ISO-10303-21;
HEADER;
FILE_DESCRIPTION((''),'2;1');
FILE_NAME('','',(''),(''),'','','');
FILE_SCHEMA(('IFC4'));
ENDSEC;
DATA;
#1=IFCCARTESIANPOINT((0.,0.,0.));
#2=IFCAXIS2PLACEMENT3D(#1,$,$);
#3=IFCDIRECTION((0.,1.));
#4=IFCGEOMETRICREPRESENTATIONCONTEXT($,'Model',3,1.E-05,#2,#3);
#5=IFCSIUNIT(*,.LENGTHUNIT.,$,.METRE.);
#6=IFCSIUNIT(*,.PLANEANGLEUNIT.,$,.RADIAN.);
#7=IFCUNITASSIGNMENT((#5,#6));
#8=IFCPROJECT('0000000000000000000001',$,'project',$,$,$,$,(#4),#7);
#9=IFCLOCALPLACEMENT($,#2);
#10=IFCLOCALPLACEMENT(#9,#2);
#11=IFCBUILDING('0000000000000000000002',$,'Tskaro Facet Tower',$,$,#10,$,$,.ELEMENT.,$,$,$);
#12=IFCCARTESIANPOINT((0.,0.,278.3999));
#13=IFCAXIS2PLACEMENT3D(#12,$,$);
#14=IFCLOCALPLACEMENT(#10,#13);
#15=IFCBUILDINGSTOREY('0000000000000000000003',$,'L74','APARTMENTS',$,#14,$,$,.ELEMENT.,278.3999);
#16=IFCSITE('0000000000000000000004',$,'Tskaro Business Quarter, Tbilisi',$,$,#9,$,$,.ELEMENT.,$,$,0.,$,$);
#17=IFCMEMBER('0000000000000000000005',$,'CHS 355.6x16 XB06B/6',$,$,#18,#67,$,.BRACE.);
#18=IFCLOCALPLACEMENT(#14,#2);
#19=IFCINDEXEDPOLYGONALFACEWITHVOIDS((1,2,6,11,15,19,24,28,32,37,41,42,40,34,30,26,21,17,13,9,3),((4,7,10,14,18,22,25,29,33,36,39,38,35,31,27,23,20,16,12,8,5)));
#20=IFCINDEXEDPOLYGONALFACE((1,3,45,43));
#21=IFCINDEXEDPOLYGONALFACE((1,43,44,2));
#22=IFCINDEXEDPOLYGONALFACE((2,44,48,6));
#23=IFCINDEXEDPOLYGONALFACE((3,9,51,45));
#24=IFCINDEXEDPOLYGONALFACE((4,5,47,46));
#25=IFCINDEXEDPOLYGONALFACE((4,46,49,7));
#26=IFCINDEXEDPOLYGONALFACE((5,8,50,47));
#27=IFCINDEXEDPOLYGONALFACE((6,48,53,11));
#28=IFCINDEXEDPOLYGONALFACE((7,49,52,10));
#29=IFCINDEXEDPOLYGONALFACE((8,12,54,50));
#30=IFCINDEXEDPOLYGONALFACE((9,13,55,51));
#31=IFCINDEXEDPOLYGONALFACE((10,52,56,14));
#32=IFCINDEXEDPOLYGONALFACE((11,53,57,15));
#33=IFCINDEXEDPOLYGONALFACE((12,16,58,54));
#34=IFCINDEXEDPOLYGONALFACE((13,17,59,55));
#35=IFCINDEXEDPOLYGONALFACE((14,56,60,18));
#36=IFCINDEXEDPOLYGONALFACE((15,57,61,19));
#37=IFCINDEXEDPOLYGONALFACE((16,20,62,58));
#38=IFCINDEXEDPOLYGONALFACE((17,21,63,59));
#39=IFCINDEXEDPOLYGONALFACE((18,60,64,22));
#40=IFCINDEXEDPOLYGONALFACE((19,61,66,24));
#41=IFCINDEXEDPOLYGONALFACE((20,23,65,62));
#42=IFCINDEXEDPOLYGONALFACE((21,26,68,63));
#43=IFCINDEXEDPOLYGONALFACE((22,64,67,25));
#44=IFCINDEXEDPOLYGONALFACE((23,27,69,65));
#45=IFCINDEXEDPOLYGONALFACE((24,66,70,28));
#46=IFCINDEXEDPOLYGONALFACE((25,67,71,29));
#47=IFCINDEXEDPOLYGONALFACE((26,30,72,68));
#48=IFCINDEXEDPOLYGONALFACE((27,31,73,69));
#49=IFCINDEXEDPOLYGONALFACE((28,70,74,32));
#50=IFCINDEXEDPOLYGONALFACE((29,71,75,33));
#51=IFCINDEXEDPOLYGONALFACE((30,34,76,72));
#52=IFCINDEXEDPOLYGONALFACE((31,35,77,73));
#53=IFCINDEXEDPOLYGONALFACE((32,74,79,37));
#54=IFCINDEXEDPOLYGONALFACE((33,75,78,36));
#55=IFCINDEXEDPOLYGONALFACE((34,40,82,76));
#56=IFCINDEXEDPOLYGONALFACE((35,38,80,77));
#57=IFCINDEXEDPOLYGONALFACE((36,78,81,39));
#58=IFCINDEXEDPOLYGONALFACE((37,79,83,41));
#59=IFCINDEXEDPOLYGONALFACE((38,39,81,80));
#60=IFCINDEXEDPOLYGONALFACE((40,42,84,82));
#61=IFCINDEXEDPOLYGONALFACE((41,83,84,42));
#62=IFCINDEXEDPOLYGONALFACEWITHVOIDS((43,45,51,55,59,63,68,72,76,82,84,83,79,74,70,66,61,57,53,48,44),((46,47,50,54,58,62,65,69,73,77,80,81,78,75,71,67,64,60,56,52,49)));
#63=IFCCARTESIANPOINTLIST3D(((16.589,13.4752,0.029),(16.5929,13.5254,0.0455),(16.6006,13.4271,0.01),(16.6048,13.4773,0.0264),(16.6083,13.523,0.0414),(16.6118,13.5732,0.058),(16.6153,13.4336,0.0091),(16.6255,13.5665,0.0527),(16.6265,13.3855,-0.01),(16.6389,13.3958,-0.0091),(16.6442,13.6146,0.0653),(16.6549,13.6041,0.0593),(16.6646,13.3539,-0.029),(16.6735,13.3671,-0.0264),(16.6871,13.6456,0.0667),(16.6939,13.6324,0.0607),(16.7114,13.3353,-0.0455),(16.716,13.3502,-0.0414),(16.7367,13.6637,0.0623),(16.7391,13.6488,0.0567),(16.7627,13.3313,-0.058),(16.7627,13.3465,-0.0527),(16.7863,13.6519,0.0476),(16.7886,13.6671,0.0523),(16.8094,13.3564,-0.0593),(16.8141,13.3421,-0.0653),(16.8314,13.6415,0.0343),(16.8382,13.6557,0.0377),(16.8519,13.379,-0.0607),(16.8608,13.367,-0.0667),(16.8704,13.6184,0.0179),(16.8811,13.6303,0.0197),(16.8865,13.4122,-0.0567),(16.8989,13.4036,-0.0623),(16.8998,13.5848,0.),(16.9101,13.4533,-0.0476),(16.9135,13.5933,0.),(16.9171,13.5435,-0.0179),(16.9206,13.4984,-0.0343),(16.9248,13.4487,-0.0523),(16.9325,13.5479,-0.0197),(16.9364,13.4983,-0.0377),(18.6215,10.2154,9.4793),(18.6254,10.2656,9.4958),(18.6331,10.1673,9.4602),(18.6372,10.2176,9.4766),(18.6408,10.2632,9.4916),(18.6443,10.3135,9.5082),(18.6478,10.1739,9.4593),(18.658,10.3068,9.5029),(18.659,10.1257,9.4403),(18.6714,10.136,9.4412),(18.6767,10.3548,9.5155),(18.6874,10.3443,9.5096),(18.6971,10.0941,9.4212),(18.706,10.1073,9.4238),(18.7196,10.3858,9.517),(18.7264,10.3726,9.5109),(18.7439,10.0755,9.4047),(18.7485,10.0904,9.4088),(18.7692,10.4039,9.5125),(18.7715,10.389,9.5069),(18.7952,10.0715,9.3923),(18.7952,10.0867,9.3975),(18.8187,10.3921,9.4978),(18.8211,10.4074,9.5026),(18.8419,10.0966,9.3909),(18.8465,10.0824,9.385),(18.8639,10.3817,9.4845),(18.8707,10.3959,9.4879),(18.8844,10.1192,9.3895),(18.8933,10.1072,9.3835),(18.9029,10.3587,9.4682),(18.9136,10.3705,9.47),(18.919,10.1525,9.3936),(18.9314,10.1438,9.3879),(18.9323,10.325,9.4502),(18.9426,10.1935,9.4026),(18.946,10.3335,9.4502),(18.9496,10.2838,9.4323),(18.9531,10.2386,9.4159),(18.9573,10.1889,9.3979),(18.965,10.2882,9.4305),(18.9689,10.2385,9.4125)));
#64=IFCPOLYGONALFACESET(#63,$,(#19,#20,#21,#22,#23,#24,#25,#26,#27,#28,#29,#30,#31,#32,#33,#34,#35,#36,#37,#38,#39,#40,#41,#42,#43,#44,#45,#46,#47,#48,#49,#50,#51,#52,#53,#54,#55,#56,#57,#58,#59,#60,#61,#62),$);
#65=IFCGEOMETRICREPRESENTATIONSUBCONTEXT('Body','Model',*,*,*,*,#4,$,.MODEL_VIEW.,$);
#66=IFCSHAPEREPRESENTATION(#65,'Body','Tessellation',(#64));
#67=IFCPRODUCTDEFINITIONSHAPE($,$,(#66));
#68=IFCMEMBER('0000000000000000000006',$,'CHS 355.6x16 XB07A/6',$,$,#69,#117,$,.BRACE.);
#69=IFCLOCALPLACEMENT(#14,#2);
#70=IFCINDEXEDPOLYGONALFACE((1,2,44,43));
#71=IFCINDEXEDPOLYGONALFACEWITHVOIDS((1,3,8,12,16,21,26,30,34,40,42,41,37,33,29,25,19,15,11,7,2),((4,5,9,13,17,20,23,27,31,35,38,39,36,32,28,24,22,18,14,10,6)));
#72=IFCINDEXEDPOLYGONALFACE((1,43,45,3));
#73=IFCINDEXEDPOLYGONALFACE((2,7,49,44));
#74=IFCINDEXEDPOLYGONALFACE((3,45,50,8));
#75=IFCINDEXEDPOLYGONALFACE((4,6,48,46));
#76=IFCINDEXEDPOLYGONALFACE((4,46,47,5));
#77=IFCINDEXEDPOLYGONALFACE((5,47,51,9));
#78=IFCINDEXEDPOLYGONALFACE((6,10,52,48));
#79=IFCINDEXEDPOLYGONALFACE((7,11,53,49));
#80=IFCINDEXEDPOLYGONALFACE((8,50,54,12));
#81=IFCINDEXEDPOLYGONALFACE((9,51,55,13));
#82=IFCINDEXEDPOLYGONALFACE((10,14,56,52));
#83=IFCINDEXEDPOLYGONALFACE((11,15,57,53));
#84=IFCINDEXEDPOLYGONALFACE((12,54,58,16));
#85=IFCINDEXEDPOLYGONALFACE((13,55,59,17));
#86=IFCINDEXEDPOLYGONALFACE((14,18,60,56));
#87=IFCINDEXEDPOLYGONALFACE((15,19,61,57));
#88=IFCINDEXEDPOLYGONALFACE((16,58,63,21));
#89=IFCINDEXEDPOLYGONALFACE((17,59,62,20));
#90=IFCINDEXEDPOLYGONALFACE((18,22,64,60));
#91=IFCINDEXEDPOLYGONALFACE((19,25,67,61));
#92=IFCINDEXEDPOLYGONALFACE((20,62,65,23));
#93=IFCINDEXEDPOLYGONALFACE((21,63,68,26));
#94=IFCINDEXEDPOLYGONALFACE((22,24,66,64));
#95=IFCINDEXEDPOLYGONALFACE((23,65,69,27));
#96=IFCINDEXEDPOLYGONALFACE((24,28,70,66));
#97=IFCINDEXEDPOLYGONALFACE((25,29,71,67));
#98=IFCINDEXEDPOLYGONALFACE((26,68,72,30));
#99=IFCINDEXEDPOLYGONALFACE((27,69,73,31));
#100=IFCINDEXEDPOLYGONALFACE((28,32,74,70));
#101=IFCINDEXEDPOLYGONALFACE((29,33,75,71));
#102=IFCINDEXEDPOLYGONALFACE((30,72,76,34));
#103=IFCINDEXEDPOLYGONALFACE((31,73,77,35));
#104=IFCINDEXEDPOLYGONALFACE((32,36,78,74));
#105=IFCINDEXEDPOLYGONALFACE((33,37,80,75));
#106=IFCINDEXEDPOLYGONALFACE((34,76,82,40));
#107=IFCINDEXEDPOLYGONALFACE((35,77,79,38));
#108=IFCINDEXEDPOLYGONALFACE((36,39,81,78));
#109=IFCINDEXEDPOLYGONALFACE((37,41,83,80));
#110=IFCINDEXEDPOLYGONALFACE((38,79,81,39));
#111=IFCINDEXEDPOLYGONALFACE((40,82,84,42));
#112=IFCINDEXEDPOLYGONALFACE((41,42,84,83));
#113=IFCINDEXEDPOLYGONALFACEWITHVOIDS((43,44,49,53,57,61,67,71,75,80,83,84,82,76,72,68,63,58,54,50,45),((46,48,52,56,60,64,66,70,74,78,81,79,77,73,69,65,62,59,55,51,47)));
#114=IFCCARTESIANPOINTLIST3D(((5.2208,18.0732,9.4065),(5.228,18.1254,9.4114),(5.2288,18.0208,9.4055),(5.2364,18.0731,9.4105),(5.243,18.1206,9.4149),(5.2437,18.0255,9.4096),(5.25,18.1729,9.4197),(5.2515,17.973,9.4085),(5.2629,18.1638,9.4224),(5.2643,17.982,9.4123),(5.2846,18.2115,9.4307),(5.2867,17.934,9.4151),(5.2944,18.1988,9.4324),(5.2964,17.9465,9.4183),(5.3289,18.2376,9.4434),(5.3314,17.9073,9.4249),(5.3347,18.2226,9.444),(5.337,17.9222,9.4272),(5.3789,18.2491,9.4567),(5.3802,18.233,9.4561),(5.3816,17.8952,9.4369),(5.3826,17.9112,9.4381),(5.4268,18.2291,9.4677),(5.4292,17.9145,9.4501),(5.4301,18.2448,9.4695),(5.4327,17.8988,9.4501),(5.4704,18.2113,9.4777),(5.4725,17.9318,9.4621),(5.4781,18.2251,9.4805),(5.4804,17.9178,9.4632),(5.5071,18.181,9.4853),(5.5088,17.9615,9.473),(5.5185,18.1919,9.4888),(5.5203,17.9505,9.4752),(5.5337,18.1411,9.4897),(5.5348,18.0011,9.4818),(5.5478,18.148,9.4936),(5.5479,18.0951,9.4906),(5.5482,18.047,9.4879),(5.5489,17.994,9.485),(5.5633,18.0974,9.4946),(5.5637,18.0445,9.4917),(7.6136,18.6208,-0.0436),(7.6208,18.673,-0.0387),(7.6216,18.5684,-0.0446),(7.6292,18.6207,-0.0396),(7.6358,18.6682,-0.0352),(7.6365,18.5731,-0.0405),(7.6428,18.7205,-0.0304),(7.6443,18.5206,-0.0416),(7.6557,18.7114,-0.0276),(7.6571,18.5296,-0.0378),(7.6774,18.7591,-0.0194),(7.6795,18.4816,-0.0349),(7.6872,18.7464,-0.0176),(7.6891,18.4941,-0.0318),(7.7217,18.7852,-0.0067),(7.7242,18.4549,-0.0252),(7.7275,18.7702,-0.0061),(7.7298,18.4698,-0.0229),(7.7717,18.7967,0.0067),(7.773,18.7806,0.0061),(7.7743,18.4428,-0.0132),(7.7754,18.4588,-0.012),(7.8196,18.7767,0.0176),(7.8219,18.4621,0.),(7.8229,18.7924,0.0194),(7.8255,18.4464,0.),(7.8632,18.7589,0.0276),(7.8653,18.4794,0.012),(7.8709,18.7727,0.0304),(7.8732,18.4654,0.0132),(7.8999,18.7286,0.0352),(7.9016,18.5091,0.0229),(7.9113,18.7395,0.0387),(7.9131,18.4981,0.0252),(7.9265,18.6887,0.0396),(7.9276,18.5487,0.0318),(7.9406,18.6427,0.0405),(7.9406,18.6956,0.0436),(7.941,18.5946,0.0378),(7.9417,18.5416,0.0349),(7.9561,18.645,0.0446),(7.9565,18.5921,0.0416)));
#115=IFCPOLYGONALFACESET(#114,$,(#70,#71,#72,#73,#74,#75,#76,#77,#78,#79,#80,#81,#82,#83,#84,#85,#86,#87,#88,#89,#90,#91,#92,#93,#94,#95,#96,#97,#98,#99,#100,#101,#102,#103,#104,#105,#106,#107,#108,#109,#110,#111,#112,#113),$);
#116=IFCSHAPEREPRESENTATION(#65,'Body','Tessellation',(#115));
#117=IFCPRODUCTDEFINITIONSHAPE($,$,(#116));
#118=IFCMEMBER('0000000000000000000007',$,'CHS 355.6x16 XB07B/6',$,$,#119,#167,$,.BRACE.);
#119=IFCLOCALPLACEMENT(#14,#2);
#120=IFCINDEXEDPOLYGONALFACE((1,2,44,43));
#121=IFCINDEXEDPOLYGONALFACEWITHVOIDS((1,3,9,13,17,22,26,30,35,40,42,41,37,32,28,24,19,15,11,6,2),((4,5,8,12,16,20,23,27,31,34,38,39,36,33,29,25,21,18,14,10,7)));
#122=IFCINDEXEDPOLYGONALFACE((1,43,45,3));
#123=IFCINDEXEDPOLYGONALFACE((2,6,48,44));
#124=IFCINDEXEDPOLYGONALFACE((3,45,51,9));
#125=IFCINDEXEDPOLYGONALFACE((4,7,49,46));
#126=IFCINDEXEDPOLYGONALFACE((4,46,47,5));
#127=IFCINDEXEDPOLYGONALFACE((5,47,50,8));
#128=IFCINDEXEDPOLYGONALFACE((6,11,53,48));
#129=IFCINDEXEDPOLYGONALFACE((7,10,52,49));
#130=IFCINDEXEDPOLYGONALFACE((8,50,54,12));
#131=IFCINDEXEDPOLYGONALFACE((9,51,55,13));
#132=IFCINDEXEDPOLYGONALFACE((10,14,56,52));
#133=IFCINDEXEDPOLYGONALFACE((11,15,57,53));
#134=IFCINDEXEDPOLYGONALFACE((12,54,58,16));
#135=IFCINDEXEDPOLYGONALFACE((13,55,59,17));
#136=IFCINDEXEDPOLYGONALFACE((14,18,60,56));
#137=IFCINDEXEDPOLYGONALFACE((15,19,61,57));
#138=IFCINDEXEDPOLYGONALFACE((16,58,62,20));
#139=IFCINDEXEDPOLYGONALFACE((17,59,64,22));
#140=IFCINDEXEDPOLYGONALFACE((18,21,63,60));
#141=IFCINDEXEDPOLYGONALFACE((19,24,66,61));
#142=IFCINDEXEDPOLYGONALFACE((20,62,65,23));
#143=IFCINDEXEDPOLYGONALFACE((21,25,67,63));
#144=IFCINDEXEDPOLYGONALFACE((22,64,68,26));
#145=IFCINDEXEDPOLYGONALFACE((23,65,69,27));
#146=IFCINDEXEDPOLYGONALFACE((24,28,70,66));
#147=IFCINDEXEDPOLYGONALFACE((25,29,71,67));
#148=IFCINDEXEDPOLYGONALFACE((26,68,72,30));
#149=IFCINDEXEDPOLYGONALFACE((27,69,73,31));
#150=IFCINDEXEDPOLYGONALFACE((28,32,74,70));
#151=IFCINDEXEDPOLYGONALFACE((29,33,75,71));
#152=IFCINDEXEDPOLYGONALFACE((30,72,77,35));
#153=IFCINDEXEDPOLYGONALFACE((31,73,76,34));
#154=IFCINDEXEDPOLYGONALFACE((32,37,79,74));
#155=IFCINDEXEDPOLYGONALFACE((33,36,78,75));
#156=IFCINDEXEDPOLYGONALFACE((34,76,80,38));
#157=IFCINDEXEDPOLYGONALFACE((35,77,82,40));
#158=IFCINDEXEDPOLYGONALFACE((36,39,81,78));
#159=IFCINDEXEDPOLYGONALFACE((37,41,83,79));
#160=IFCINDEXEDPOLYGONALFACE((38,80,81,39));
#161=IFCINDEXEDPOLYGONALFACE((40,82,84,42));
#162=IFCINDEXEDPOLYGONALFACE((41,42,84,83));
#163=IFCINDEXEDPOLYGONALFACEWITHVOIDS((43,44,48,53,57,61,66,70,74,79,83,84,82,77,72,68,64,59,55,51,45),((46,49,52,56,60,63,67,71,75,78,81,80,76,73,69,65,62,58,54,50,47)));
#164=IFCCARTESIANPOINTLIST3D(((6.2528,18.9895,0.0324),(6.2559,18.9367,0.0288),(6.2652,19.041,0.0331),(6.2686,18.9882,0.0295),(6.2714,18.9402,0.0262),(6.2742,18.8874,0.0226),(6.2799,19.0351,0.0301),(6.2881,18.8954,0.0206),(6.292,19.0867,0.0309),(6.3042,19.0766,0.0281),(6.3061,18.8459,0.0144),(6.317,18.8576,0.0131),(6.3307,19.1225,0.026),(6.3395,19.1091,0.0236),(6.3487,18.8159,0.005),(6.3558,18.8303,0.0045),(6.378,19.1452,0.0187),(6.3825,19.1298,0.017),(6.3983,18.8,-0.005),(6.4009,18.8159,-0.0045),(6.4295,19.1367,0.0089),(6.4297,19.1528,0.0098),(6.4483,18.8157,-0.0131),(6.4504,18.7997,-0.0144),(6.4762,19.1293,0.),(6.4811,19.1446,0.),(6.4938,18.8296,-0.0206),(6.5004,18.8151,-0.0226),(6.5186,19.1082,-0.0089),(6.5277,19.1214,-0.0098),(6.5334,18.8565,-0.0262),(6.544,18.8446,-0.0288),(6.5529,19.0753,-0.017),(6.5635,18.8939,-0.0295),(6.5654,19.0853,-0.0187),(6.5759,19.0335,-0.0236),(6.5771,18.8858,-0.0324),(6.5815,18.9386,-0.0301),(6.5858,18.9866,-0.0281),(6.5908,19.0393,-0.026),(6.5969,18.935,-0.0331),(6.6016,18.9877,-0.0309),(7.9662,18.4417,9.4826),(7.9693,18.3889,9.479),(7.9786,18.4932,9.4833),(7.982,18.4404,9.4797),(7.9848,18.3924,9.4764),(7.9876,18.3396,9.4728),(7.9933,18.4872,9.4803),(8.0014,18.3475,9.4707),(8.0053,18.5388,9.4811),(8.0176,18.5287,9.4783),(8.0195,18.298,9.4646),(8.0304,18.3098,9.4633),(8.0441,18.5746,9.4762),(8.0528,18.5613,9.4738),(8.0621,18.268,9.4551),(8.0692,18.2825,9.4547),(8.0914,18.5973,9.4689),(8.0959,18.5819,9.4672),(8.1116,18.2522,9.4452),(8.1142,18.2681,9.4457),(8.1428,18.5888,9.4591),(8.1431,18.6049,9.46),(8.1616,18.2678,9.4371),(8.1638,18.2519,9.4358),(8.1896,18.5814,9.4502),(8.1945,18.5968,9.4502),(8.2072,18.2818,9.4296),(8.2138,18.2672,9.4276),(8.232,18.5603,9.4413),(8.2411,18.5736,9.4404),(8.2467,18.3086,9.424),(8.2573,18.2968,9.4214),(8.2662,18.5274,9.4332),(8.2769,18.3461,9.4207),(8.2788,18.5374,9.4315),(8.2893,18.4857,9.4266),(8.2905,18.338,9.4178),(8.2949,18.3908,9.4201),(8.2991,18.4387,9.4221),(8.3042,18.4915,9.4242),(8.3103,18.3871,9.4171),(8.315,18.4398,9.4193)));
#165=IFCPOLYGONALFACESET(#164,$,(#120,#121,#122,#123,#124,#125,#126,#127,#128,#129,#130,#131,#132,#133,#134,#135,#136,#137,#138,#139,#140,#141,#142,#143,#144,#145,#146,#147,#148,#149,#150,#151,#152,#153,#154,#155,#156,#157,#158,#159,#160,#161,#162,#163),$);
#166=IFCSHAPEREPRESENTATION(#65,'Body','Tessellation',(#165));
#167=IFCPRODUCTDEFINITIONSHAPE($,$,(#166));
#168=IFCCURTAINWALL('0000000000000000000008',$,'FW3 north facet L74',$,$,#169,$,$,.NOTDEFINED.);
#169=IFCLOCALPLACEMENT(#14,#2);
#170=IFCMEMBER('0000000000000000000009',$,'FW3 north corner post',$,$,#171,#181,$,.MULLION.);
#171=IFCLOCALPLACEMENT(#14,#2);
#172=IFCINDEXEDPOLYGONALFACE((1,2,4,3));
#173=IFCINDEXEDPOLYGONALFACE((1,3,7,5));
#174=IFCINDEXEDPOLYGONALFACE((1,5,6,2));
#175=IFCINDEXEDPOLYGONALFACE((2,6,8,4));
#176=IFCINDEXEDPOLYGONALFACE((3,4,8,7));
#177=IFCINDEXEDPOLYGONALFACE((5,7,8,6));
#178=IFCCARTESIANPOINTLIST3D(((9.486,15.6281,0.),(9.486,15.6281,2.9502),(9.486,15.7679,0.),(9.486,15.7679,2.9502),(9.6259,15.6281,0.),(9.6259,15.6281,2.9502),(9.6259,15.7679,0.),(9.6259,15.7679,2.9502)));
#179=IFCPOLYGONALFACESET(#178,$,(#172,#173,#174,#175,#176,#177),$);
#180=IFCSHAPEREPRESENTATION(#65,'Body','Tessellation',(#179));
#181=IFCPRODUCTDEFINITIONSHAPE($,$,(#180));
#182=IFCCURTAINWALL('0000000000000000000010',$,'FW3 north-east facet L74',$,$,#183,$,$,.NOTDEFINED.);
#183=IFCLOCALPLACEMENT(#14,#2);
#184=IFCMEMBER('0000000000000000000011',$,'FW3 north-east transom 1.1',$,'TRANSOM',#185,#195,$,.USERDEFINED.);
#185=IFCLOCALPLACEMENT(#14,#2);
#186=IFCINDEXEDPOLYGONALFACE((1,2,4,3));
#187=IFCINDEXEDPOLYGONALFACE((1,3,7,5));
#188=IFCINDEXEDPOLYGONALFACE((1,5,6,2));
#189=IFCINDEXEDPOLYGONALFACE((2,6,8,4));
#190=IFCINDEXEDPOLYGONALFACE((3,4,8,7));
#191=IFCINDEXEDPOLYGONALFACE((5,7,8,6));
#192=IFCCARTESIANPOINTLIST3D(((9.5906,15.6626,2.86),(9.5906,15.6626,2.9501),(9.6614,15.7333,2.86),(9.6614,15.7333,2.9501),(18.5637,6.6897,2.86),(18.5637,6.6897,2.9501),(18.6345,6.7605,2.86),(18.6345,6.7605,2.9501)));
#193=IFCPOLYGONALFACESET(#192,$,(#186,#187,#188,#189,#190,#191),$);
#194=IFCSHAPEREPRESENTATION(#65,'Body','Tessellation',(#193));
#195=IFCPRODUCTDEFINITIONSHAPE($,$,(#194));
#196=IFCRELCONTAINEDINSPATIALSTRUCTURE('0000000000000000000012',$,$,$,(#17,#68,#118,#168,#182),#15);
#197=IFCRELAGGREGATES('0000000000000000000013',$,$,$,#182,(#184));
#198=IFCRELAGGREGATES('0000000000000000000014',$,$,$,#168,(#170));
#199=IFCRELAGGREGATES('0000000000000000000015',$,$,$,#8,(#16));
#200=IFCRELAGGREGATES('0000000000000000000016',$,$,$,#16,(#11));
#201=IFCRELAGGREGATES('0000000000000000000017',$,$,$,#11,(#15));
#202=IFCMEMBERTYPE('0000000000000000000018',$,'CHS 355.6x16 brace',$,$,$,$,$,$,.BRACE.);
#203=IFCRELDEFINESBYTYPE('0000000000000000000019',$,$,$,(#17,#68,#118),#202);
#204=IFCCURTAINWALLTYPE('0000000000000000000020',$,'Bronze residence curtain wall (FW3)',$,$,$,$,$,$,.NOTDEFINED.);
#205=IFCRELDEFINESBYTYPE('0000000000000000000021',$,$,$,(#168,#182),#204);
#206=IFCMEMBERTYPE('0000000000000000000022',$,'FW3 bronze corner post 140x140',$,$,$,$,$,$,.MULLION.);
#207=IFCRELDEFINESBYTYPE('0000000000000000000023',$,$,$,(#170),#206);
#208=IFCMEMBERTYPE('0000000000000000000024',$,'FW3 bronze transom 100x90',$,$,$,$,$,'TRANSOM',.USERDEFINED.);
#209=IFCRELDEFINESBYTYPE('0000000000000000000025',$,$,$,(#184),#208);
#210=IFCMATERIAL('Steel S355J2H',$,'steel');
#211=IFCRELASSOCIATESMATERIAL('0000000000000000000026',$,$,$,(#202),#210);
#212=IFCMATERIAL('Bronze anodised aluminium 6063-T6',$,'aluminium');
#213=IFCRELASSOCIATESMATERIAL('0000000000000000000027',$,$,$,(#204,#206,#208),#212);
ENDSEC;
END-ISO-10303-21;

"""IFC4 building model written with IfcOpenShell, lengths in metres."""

from ifc_helpers import new_model, si_unit, direction, frame, origin, origin_2d, place, context, subcontext, project, spatial, rectangle, hollow_circle, extrude, material, material_profile, profile_set, type_object, element, aggregate, save


model = new_model("IFC4")

# Units and contexts
model_context = context("Model", 3, precision=1e-05, world=origin(), true_north=direction((0.0, 1.0)))
body_context = subcontext(model_context, "Body", "Model", "MODEL_VIEW")
ifc_project = project(units=[si_unit("LENGTHUNIT", "METRE"), si_unit("PLANEANGLEUNIT", "RADIAN")], contexts=[model_context])

# Site, building, storey
site_placement = place(None, origin())
site = spatial("IfcSite", under=ifc_project, at=site_placement, Name="Tskaro Business Quarter, Tbilisi", CompositionType="ELEMENT", RefElevation=0.0)
building_placement = place(site_placement, origin())
building = spatial("IfcBuilding", under=site, at=building_placement, Name="Tskaro Facet Tower", CompositionType="ELEMENT")
storey_placement = place(building_placement, frame((0.0, 0.0, 278.3999)))
storey = spatial("IfcBuildingStorey", under=building, at=storey_placement, Name="L74", Description="APARTMENTS", CompositionType="ELEMENT", Elevation=278.3999)

# Shared definitions
ifc_material_1 = material(Name="Steel S355J2H", Category="steel")

# Members
ifc_material_profile_1 = material_profile(ifc_material_1, hollow_circle(Radius=0.1777, WallThickness=0.0161, at=origin_2d()), Name="CHS 355.6x16")
ifc_profile_set_1 = profile_set([ifc_material_profile_1], Name="Steel S355J2H")
member_type_1 = type_object("IfcMemberType", Name="CHS 355.6x16 brace", PredefinedType="BRACE", material=ifc_profile_set_1)
for number, where, z_axis, x_axis, name in (
    (1, (16.7627, 13.4993, 0.0), (0.19924, -0.319549, 0.926386), (0.848569, 0.529085, 0.0), "CHS 355.6x16 XB06B/6"),
):
    element("IfcMember", number, at=place(storey_placement, frame(where, z_axis=z_axis, x_axis=x_axis)), inside=storey, type_object=member_type_1, Name=name, PredefinedType="BRACE", context=body_context, shape_type="SweptSolid", body=[
        extrude(hollow_circle(Radius=0.1777, WallThickness=0.0161, at=origin_2d()), origin(), (0.0, 0.0, 1.0), 10.2012),
    ])
member_1_placement = place(storey_placement, frame((7.7859, 18.6196, 0.0), z_axis=(-0.245071, -0.056086, 0.967882), x_axis=(0.223087, -0.974799, 0.0)))
element("IfcMember", 2, at=member_1_placement, inside=storey, type_object=member_type_1, Name="CHS 355.6x16 XB07A/6", PredefinedType="BRACE", context=body_context, shape_type="SweptSolid", body=[
    extrude(hollow_circle(Radius=0.1777, WallThickness=0.0161, at=origin_2d()), origin(), (0.0, 0.0, 1.0), 9.7637),
])
member_2_placement = place(storey_placement, frame((6.427, 18.9753, 0.0), z_axis=(0.178108, -0.05695, 0.982362), x_axis=(0.304559, 0.952493, 0.0)))
element("IfcMember", 3, at=member_2_placement, inside=storey, type_object=member_type_1, Name="CHS 355.6x16 XB07B/6", PredefinedType="BRACE", context=body_context, shape_type="SweptSolid", body=[
    extrude(hollow_circle(Radius=0.1777, WallThickness=0.0161, at=origin_2d()), origin(), (0.0, 0.0, 1.0), 9.6199),
])

# Curtain walls, members
ifc_material_2 = material(Name="Bronze anodised aluminium 6063-T6", Category="aluminium")
curtain_wall_type = type_object("IfcCurtainWallType", Name="Bronze residence curtain wall (FW3)", PredefinedType="NOTDEFINED", material=ifc_material_2)
curtain_wall_1_placement = place(storey_placement, origin())
curtain_wall_1 = element("IfcCurtainWall", 4, at=curtain_wall_1_placement, inside=storey, type_object=curtain_wall_type, Name="FW3 north facet L74", PredefinedType="NOTDEFINED")
ifc_material_profile_2 = material_profile(ifc_material_2, rectangle(XDim=0.1399, YDim=0.1399, at=origin_2d()), Name="Corner post 140x140")
ifc_profile_set_2 = profile_set([ifc_material_profile_2], Name="Bronze anodised aluminium 6063-T6")
member_type_2 = type_object("IfcMemberType", Name="FW3 bronze corner post 140x140", PredefinedType="MULLION", material=ifc_profile_set_2)
member_3_placement = place(storey_placement, frame((9.5559, 15.698, 0.0), z_axis=(0.0, 0.0, 1.0), x_axis=(-1.0, 0.0, 0.0)))
member_3 = element("IfcMember", 5, at=member_3_placement, type_object=member_type_2, Name="FW3 north corner post", PredefinedType="MULLION", context=body_context, shape_type="SweptSolid", body=[
    extrude(rectangle(XDim=0.1399, YDim=0.1399, at=origin_2d()), origin(), (0.0, 0.0, 1.0), 2.9502),
])
curtain_wall_2_placement = place(storey_placement, origin())
curtain_wall_2 = element("IfcCurtainWall", 6, at=curtain_wall_2_placement, inside=storey, type_object=curtain_wall_type, Name="FW3 north-east facet L74", PredefinedType="NOTDEFINED")
ifc_material_profile_3 = material_profile(ifc_material_2, rectangle(XDim=0.1001, YDim=0.0901, at=origin_2d()), Name="Transom 100x90")
ifc_profile_set_3 = profile_set([ifc_material_profile_3], Name="Bronze anodised aluminium 6063-T6")
member_type_3 = type_object("IfcMemberType", Name="FW3 bronze transom 100x90", ElementType="TRANSOM", PredefinedType="USERDEFINED", material=ifc_profile_set_3)
member_4_placement = place(storey_placement, frame((18.5991, 6.7251, 2.905), z_axis=(-0.707116, 0.707097, 0.0), x_axis=(-0.707097, -0.707116, 0.0)))
member_4 = element("IfcMember", 7, at=member_4_placement, type_object=member_type_3, Name="FW3 north-east transom 1.1", ObjectType="TRANSOM", PredefinedType="USERDEFINED", context=body_context, shape_type="SweptSolid", body=[
    extrude(rectangle(XDim=0.1001, YDim=0.0901, at=origin_2d()), origin(), (0.0, 0.0, 1.0), 12.6897),
])

aggregate(curtain_wall_2, [member_4])
aggregate(curtain_wall_1, [member_3])

save(model, "model.ifc")
